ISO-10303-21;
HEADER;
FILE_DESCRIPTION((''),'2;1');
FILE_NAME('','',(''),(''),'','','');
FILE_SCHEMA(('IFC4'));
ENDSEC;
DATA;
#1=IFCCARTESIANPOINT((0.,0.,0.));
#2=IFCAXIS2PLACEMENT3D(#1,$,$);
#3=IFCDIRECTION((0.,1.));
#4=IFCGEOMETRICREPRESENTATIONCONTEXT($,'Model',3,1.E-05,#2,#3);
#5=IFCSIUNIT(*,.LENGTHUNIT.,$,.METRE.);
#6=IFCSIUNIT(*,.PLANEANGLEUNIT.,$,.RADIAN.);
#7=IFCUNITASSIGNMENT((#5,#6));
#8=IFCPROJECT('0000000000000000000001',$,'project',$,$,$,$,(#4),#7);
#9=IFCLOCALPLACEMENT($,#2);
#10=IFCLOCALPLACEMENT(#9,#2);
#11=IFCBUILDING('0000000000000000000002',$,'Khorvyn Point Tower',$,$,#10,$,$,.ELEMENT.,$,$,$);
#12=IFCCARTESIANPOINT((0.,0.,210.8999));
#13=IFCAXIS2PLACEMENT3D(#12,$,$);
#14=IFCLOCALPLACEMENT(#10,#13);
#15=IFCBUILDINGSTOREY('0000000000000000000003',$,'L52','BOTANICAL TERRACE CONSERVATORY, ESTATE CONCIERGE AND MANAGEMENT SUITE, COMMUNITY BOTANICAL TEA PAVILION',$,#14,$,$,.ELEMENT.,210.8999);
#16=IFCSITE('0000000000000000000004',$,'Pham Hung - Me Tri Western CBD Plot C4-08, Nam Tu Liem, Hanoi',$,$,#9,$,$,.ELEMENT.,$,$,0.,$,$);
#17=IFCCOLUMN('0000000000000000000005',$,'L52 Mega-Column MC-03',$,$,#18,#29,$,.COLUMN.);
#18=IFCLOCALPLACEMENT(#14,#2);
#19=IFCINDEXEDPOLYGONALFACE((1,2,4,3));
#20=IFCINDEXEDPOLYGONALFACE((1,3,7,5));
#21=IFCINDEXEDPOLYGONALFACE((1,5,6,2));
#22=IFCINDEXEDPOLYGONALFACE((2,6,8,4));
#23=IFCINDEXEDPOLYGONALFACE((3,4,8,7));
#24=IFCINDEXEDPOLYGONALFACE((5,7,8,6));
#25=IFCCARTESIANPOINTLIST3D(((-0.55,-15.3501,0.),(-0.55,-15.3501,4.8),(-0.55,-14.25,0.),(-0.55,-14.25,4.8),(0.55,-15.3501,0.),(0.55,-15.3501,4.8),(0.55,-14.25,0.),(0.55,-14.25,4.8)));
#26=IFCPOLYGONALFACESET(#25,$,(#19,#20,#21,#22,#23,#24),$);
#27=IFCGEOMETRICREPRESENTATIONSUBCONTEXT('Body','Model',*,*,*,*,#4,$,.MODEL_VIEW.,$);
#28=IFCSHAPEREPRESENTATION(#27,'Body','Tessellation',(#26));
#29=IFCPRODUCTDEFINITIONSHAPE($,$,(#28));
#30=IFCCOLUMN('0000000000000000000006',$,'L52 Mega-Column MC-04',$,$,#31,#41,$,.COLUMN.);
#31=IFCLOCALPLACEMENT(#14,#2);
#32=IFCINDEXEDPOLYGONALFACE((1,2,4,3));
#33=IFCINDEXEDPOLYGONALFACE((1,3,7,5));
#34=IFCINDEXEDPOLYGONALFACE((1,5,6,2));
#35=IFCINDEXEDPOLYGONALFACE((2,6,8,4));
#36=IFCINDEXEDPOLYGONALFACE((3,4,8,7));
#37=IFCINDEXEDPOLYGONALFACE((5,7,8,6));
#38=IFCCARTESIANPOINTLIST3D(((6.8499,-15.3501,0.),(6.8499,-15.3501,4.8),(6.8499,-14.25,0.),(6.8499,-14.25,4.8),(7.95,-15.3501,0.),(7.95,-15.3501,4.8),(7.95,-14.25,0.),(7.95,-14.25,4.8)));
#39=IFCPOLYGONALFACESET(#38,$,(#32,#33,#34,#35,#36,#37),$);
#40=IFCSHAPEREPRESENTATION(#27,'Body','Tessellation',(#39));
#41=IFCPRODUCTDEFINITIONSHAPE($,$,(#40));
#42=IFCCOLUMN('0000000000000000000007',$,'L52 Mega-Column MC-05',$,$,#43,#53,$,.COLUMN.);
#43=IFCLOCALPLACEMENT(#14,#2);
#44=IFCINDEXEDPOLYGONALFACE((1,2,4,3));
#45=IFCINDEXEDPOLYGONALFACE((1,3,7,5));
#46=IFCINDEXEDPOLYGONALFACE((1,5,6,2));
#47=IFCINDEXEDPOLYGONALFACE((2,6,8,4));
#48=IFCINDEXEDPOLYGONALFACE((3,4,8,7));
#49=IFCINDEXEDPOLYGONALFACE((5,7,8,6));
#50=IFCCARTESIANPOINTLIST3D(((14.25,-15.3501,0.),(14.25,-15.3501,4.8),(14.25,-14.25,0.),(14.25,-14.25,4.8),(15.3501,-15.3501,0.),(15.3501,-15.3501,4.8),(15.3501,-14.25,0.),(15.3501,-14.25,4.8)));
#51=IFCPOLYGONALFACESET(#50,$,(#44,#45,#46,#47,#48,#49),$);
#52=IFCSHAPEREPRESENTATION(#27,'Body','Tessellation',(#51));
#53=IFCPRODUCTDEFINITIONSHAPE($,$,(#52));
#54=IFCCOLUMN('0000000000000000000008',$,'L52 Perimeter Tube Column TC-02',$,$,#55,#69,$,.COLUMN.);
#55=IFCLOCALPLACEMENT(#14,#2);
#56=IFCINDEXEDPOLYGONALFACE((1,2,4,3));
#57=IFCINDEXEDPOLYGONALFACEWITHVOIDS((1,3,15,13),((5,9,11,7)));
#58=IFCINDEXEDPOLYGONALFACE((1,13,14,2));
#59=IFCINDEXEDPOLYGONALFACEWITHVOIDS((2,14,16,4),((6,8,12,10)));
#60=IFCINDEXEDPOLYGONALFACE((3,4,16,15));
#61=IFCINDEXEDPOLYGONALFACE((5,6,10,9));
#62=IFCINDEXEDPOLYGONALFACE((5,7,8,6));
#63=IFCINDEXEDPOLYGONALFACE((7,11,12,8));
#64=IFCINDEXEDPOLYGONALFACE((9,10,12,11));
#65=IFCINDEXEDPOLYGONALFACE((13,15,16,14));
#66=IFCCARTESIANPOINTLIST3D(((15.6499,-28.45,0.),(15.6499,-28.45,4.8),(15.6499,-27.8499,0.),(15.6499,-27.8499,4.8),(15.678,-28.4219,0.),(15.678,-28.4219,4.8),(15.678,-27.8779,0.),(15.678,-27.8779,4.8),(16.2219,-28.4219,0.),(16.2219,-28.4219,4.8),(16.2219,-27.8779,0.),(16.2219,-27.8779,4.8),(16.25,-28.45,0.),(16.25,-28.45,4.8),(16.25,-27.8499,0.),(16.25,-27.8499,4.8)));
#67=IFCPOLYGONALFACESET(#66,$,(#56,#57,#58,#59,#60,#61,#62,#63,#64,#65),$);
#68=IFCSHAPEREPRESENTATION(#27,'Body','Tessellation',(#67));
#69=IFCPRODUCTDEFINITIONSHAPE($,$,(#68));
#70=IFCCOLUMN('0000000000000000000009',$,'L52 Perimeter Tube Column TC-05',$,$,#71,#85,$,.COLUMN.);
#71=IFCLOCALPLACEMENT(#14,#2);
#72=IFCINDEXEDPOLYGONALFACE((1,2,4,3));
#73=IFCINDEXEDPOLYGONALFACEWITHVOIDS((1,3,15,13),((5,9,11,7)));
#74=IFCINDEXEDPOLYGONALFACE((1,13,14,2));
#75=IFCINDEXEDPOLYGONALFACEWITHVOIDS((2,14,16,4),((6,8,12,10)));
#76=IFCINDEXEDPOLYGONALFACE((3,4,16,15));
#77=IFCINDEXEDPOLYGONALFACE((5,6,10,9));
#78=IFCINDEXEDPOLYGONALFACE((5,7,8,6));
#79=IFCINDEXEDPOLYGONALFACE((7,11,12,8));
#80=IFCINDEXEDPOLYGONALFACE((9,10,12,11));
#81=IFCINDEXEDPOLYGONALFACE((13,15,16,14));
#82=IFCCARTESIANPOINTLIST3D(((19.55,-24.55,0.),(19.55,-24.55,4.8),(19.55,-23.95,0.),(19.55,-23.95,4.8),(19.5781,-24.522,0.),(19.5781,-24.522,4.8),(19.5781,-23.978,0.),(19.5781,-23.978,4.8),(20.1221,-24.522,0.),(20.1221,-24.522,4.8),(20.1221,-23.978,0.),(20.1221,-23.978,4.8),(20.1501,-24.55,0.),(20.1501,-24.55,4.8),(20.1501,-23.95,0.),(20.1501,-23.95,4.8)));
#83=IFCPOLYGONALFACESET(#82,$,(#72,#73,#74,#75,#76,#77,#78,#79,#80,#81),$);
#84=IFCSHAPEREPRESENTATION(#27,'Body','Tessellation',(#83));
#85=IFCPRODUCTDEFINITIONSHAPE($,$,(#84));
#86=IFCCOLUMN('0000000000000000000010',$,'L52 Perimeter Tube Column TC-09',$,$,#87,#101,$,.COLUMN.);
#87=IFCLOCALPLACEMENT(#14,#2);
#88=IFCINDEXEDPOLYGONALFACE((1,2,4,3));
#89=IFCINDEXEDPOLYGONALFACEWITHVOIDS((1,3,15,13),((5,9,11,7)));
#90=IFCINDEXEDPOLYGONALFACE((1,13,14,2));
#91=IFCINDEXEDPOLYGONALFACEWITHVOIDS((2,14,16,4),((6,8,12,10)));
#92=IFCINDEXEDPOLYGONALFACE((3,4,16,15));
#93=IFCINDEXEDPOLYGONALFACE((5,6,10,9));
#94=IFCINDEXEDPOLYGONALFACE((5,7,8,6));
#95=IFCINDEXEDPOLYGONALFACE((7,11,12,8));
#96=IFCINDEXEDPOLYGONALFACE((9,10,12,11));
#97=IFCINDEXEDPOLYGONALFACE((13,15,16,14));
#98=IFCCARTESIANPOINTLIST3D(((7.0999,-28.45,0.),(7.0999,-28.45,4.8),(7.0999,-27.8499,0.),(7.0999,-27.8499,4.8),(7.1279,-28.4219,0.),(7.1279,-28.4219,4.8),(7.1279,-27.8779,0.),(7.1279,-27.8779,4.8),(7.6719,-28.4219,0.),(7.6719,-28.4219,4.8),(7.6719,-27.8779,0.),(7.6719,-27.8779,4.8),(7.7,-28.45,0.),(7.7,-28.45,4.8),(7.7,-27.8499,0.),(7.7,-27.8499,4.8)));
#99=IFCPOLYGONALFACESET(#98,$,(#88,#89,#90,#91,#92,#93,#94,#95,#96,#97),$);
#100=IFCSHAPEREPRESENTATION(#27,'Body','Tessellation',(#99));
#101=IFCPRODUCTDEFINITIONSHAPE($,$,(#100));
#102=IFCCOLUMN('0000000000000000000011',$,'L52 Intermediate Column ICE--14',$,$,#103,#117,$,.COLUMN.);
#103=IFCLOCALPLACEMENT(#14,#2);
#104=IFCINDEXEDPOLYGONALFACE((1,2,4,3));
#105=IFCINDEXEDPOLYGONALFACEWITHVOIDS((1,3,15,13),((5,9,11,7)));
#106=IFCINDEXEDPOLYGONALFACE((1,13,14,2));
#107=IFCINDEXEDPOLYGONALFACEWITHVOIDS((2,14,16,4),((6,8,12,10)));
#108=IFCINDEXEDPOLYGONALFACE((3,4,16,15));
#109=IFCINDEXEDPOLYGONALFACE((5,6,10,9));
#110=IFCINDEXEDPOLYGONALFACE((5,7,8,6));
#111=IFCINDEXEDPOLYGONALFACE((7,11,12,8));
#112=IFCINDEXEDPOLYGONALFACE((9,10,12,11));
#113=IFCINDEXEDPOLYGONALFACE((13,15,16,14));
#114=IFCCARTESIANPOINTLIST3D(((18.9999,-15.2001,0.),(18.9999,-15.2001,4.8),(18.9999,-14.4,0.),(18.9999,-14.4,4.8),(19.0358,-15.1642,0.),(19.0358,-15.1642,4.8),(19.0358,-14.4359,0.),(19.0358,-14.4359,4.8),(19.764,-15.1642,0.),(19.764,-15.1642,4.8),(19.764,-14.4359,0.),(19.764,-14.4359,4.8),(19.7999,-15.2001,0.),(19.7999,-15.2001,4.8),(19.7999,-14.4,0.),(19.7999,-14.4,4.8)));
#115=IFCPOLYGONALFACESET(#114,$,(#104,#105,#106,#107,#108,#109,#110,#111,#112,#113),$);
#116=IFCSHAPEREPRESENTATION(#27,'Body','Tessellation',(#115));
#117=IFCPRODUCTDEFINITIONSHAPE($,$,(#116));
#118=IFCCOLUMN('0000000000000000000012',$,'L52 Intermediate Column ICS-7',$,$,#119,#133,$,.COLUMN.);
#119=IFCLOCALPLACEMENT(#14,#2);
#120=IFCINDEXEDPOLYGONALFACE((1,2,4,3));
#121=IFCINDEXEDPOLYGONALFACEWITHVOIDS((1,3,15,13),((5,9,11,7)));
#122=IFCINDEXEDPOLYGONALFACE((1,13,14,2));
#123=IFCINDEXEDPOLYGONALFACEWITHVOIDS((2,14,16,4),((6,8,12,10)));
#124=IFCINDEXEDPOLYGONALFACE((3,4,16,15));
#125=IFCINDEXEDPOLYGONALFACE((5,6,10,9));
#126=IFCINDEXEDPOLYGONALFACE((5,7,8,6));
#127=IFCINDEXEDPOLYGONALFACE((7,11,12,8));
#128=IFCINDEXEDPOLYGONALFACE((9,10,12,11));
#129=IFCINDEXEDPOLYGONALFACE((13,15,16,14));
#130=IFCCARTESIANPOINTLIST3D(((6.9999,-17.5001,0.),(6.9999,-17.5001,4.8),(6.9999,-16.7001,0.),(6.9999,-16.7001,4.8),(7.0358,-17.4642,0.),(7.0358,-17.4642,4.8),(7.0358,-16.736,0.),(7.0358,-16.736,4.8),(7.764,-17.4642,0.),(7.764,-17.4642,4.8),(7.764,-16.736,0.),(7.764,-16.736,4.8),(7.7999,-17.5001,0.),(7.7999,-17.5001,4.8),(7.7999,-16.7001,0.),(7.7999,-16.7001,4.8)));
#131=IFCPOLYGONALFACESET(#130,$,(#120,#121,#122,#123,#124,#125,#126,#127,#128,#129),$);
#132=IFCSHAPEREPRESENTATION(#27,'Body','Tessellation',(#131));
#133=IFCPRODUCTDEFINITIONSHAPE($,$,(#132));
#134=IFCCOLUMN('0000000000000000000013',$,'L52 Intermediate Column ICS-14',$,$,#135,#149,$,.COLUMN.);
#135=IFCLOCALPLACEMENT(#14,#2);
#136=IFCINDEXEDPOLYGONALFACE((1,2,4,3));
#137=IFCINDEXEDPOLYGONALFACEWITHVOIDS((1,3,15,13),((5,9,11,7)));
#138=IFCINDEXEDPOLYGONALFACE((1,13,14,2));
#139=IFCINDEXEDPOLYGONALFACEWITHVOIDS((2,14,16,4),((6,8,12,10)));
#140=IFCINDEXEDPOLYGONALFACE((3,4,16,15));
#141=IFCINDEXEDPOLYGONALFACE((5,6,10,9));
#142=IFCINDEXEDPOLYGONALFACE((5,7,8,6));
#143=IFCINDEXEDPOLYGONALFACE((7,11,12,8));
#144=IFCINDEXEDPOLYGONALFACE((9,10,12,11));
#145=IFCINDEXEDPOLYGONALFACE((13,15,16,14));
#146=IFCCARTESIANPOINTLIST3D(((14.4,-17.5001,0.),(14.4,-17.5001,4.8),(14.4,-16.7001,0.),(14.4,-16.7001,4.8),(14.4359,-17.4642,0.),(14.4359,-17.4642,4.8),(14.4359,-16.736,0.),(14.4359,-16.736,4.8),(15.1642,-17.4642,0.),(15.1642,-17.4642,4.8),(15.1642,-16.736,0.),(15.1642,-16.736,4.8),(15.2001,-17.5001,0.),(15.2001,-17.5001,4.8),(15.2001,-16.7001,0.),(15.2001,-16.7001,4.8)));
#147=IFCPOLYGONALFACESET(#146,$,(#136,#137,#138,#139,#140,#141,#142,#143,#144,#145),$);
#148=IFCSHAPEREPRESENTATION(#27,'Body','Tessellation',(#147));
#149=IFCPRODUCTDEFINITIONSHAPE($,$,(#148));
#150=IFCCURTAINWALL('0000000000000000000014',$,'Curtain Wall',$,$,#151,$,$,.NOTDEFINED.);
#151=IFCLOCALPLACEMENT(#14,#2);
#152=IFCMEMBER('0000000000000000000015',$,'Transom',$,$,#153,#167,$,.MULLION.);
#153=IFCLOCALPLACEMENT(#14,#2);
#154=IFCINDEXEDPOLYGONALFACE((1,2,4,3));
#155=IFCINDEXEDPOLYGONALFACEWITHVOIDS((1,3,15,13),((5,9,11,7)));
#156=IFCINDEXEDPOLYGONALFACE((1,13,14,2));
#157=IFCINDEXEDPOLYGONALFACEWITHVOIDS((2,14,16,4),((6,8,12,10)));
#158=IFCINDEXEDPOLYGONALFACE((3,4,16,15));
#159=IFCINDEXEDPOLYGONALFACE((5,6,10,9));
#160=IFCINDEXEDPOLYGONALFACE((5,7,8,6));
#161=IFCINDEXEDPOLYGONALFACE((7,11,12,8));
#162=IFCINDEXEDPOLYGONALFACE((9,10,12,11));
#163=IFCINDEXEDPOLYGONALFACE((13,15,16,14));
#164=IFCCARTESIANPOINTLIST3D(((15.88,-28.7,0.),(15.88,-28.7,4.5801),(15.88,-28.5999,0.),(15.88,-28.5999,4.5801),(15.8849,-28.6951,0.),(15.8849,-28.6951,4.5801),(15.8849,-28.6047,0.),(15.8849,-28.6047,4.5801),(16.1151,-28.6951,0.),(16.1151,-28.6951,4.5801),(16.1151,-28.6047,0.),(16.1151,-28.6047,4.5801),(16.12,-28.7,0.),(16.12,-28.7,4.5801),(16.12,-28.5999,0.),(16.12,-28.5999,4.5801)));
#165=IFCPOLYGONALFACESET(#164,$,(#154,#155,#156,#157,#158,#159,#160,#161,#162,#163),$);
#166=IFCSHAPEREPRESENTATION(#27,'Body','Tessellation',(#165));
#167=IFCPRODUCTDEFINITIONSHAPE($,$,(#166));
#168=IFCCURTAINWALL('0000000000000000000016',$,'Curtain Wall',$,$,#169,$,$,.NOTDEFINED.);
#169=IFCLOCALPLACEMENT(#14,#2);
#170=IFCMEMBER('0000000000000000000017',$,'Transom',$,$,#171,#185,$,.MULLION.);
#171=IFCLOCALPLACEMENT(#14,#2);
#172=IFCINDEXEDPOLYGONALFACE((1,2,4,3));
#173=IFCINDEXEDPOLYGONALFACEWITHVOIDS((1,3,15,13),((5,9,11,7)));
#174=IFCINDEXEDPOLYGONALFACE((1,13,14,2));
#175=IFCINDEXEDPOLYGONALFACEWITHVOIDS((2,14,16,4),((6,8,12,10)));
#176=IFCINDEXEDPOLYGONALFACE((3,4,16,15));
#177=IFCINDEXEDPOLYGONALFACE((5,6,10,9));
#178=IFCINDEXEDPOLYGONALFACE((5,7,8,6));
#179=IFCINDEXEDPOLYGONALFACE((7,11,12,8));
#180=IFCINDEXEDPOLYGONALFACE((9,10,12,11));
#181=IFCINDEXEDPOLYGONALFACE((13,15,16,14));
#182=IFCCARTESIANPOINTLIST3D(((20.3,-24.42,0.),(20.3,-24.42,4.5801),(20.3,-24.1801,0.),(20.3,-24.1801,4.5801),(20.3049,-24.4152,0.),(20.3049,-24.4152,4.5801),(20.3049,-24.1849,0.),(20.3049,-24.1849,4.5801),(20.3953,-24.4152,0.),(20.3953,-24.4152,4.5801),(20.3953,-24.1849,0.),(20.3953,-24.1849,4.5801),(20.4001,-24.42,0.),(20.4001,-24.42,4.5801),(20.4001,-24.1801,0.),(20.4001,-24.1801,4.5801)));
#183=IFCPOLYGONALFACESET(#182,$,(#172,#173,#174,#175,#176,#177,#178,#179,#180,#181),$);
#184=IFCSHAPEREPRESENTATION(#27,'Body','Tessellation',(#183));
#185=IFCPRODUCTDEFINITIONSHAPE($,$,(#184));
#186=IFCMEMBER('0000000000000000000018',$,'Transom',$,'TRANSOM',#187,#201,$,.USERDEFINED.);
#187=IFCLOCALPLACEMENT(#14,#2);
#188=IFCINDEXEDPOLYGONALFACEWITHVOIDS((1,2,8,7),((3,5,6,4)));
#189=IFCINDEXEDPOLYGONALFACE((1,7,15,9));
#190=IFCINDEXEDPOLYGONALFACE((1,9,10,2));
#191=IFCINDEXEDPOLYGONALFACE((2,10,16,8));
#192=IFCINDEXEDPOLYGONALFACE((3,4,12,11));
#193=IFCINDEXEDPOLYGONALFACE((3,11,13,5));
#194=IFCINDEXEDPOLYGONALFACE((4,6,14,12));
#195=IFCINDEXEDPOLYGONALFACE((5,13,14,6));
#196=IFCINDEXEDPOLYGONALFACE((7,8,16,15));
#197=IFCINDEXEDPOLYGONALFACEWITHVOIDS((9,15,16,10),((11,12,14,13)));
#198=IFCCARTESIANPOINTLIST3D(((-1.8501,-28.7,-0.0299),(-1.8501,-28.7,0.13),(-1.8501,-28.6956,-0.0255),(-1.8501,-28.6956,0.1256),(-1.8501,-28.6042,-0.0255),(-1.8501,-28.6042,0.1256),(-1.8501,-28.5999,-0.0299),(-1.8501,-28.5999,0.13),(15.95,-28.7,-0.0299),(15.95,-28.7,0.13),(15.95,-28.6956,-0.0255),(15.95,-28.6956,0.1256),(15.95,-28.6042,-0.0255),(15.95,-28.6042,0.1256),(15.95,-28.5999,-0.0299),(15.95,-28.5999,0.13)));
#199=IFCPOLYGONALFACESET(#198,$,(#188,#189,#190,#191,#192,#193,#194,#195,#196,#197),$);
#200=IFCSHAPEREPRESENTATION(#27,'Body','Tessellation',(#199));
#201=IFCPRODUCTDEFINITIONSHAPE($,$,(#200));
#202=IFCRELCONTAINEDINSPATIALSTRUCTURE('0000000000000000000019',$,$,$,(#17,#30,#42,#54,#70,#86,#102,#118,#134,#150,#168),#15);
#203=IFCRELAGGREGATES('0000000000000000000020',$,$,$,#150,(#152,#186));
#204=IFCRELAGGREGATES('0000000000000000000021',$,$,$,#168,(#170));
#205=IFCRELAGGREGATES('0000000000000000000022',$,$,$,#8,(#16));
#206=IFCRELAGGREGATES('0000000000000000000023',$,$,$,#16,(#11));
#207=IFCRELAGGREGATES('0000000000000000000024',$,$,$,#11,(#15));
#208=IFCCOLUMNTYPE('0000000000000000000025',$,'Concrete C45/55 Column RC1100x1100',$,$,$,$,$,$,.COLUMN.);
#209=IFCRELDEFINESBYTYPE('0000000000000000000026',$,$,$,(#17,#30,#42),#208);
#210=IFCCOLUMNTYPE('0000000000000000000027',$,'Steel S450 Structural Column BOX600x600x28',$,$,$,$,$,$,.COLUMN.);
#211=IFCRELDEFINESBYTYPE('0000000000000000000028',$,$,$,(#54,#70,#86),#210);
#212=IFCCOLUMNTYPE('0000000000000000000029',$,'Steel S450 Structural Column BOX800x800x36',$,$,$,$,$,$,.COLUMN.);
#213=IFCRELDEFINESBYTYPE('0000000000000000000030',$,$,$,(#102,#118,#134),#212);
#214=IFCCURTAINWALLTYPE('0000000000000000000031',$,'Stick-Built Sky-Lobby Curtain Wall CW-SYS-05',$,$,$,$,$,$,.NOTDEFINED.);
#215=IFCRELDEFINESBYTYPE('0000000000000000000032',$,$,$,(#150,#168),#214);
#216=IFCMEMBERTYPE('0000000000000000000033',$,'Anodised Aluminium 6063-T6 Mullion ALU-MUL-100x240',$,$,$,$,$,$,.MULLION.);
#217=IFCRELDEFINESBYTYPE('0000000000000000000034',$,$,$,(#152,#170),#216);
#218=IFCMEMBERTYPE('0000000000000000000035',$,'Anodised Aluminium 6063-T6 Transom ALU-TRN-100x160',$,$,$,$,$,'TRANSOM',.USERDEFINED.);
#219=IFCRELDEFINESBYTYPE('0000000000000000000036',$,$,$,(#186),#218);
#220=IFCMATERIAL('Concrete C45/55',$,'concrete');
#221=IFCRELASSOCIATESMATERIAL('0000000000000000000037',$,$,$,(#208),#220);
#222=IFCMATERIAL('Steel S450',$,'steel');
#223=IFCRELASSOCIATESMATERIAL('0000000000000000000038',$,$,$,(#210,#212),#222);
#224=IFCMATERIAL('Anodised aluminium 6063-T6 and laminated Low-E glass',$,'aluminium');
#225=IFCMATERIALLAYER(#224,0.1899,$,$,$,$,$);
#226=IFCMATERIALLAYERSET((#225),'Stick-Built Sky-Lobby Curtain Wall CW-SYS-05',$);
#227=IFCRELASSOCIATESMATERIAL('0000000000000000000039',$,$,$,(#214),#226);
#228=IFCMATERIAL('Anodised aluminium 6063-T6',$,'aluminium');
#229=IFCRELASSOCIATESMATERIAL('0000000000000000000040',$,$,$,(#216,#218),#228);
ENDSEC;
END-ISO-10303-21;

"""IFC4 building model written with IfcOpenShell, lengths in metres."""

from ifc_helpers import new_model, si_unit, direction, frame, origin, origin_2d, place, context, subcontext, project, spatial, rectangle, hollow_rectangle, extrude, material, layer, layer_set, material_profile, profile_set, type_object, element, aggregate, save


model = new_model("IFC4")

# Units and contexts
model_context = context("Model", 3, precision=1e-05, world=origin(), true_north=direction((0.0, 1.0)))
body_context = subcontext(model_context, "Body", "Model", "MODEL_VIEW")
ifc_project = project(units=[si_unit("LENGTHUNIT", "METRE"), si_unit("PLANEANGLEUNIT", "RADIAN")], contexts=[model_context])

# Site, building, storey
site_placement = place(None, origin())
site = spatial("IfcSite", under=ifc_project, at=site_placement, Name="Pham Hung - Me Tri Western CBD Plot C4-08, Nam Tu Liem, Hanoi", CompositionType="ELEMENT", RefElevation=0.0)
building_placement = place(site_placement, origin())
building = spatial("IfcBuilding", under=site, at=building_placement, Name="Khorvyn Point Tower", CompositionType="ELEMENT")
storey_placement = place(building_placement, frame((0.0, 0.0, 210.8999)))
storey = spatial("IfcBuildingStorey", under=building, at=storey_placement, Name="L52", Description="BOTANICAL TERRACE CONSERVATORY, ESTATE CONCIERGE AND MANAGEMENT SUITE, COMMUNITY BOTANICAL TEA PAVILION", CompositionType="ELEMENT", Elevation=210.8999)

# Columns
ifc_material_1 = material(Name="Concrete C45/55", Category="concrete")
ifc_material_profile_1 = material_profile(ifc_material_1, rectangle(XDim=1.1001, YDim=1.1001, at=origin_2d()))
ifc_profile_set_1 = profile_set([ifc_material_profile_1], Name="Concrete C45/55 RC1100x1100")
column_type_1 = type_object("IfcColumnType", Name="Concrete C45/55 Column RC1100x1100", PredefinedType="COLUMN", material=ifc_profile_set_1)
for number, where, z_axis, x_axis, name in (
    (1, (0.0, -14.8, 0.0), (0.0, 0.0, 1.0), (1.0, 0.0, 0.0), "L52 Mega-Column MC-03"),
    (2, (7.3999, -14.8, 0.0), (0.0, 0.0, 1.0), (1.0, 0.0, 0.0), "L52 Mega-Column MC-04"),
    (3, (14.8, -14.8, 0.0), (0.0, 0.0, 1.0), (1.0, 0.0, 0.0), "L52 Mega-Column MC-05"),
):
    element("IfcColumn", number, at=place(storey_placement, frame(where, z_axis=z_axis, x_axis=x_axis)), inside=storey, type_object=column_type_1, Name=name, PredefinedType="COLUMN", context=body_context, shape_type="SweptSolid", body=[
        extrude(rectangle(XDim=1.1001, YDim=1.1001, at=origin_2d()), origin(), (0.0, 0.0, 1.0), 4.8),
    ])
ifc_material_2 = material(Name="Steel S450", Category="steel")
ifc_material_profile_2 = material_profile(ifc_material_2, hollow_rectangle(XDim=0.6001, YDim=0.6001, WallThickness=0.0281, at=origin_2d()))
ifc_profile_set_2 = profile_set([ifc_material_profile_2], Name="Steel S450 BOX600x600x28")
column_type_2 = type_object("IfcColumnType", Name="Steel S450 Structural Column BOX600x600x28", PredefinedType="COLUMN", material=ifc_profile_set_2)
for number, where, z_axis, x_axis, name in (
    (4, (15.95, -28.1499, 0.0), (0.0, 0.0, 1.0), (1.0, 0.0, 0.0), "L52 Perimeter Tube Column TC-02"),
    (5, (19.8501, -24.25, 0.0), (0.0, 0.0, 1.0), (1.0, 0.0, 0.0), "L52 Perimeter Tube Column TC-05"),
    (6, (7.3999, -28.1499, 0.0), (0.0, 0.0, 1.0), (1.0, 0.0, 0.0), "L52 Perimeter Tube Column TC-09"),
):
    element("IfcColumn", number, at=place(storey_placement, frame(where, z_axis=z_axis, x_axis=x_axis)), inside=storey, type_object=column_type_2, Name=name, PredefinedType="COLUMN", context=body_context, shape_type="SweptSolid", body=[
        extrude(hollow_rectangle(XDim=0.6001, YDim=0.6001, WallThickness=0.0281, at=origin_2d()), origin(), (0.0, 0.0, 1.0), 4.8),
    ])
ifc_material_profile_3 = material_profile(ifc_material_2, hollow_rectangle(XDim=0.8, YDim=0.8, WallThickness=0.0359, at=origin_2d()))
ifc_profile_set_3 = profile_set([ifc_material_profile_3], Name="Steel S450 BOX800x800x36")
column_type_3 = type_object("IfcColumnType", Name="Steel S450 Structural Column BOX800x800x36", PredefinedType="COLUMN", material=ifc_profile_set_3)
for number, where, z_axis, x_axis, name in (
    (7, (19.3999, -14.8, 0.0), (0.0, 0.0, 1.0), (1.0, 0.0, 0.0), "L52 Intermediate Column ICE--14"),
    (8, (7.3999, -17.1001, 0.0), (0.0, 0.0, 1.0), (1.0, 0.0, 0.0), "L52 Intermediate Column ICS-7"),
    (9, (14.8, -17.1001, 0.0), (0.0, 0.0, 1.0), (1.0, 0.0, 0.0), "L52 Intermediate Column ICS-14"),
):
    element("IfcColumn", number, at=place(storey_placement, frame(where, z_axis=z_axis, x_axis=x_axis)), inside=storey, type_object=column_type_3, Name=name, PredefinedType="COLUMN", context=body_context, shape_type="SweptSolid", body=[
        extrude(hollow_rectangle(XDim=0.8, YDim=0.8, WallThickness=0.0359, at=origin_2d()), origin(), (0.0, 0.0, 1.0), 4.8),
    ])

# Curtain walls, members
ifc_material_3 = material(Name="Anodised aluminium 6063-T6 and laminated Low-E glass", Category="aluminium")
ifc_layer_1 = layer(ifc_material_3, 0.1899)
ifc_layer_set_1 = layer_set([ifc_layer_1], Name="Stick-Built Sky-Lobby Curtain Wall CW-SYS-05")
curtain_wall_type = type_object("IfcCurtainWallType", Name="Stick-Built Sky-Lobby Curtain Wall CW-SYS-05", PredefinedType="NOTDEFINED", material=ifc_layer_set_1)
curtain_wall_1_placement = place(storey_placement, origin())
curtain_wall_1 = element("IfcCurtainWall", 10, at=curtain_wall_1_placement, inside=storey, type_object=curtain_wall_type, Name="Curtain Wall", PredefinedType="NOTDEFINED")
ifc_material_4 = material(Name="Anodised aluminium 6063-T6", Category="aluminium")
ifc_material_profile_4 = material_profile(ifc_material_4, hollow_rectangle(XDim=0.1001, YDim=0.24, WallThickness=0.0049, at=origin_2d()))
ifc_profile_set_4 = profile_set([ifc_material_profile_4], Name="Anodised aluminium 6063-T6 ALU-MUL-100x240")
member_type_1 = type_object("IfcMemberType", Name="Anodised Aluminium 6063-T6 Mullion ALU-MUL-100x240", PredefinedType="MULLION", material=ifc_profile_set_4)
member_1_placement = place(storey_placement, frame((16.0, -28.6499, 0.0), z_axis=(0.0, 0.0, 1.0), x_axis=(0.0, -1.0, 0.0)))
member_1 = element("IfcMember", 11, at=member_1_placement, type_object=member_type_1, Name="Transom", PredefinedType="MULLION", context=body_context, shape_type="SweptSolid", body=[
    extrude(hollow_rectangle(XDim=0.1001, YDim=0.24, WallThickness=0.0049, at=origin_2d()), origin(), (0.0, 0.0, 1.0), 4.5801),
])
curtain_wall_2_placement = place(storey_placement, origin())
curtain_wall_2 = element("IfcCurtainWall", 12, at=curtain_wall_2_placement, inside=storey, type_object=curtain_wall_type, Name="Curtain Wall", PredefinedType="NOTDEFINED")
member_2_placement = place(storey_placement, frame((20.3501, -24.3, 0.0), z_axis=(0.0, 0.0, 1.0), x_axis=(1.0, 0.0, 0.0)))
member_2 = element("IfcMember", 13, at=member_2_placement, type_object=member_type_1, Name="Transom", PredefinedType="MULLION", context=body_context, shape_type="SweptSolid", body=[
    extrude(hollow_rectangle(XDim=0.1001, YDim=0.24, WallThickness=0.0049, at=origin_2d()), origin(), (0.0, 0.0, 1.0), 4.5801),
])

# Member
ifc_material_profile_5 = material_profile(ifc_material_4, hollow_rectangle(XDim=0.1001, YDim=0.1599, WallThickness=0.0044, at=origin_2d()))
ifc_profile_set_5 = profile_set([ifc_material_profile_5], Name="Anodised aluminium 6063-T6 ALU-TRN-100x160")
member_type_2 = type_object("IfcMemberType", Name="Anodised Aluminium 6063-T6 Transom ALU-TRN-100x160", ElementType="TRANSOM", PredefinedType="USERDEFINED", material=ifc_profile_set_5)
member_3_placement = place(storey_placement, frame((15.95, -28.6499, 0.05), z_axis=(-1.0, 0.0, 0.0), x_axis=(0.0, -1.0, 0.0)))
member_3 = element("IfcMember", 14, at=member_3_placement, type_object=member_type_2, Name="Transom", ObjectType="TRANSOM", PredefinedType="USERDEFINED", context=body_context, shape_type="SweptSolid", body=[
    extrude(hollow_rectangle(XDim=0.1001, YDim=0.1599, WallThickness=0.0044, at=origin_2d()), origin(), (0.0, 0.0, 1.0), 17.8),
])

aggregate(curtain_wall_1, [member_1, member_3])
aggregate(curtain_wall_2, [member_2])

save(model, "model.ifc")
